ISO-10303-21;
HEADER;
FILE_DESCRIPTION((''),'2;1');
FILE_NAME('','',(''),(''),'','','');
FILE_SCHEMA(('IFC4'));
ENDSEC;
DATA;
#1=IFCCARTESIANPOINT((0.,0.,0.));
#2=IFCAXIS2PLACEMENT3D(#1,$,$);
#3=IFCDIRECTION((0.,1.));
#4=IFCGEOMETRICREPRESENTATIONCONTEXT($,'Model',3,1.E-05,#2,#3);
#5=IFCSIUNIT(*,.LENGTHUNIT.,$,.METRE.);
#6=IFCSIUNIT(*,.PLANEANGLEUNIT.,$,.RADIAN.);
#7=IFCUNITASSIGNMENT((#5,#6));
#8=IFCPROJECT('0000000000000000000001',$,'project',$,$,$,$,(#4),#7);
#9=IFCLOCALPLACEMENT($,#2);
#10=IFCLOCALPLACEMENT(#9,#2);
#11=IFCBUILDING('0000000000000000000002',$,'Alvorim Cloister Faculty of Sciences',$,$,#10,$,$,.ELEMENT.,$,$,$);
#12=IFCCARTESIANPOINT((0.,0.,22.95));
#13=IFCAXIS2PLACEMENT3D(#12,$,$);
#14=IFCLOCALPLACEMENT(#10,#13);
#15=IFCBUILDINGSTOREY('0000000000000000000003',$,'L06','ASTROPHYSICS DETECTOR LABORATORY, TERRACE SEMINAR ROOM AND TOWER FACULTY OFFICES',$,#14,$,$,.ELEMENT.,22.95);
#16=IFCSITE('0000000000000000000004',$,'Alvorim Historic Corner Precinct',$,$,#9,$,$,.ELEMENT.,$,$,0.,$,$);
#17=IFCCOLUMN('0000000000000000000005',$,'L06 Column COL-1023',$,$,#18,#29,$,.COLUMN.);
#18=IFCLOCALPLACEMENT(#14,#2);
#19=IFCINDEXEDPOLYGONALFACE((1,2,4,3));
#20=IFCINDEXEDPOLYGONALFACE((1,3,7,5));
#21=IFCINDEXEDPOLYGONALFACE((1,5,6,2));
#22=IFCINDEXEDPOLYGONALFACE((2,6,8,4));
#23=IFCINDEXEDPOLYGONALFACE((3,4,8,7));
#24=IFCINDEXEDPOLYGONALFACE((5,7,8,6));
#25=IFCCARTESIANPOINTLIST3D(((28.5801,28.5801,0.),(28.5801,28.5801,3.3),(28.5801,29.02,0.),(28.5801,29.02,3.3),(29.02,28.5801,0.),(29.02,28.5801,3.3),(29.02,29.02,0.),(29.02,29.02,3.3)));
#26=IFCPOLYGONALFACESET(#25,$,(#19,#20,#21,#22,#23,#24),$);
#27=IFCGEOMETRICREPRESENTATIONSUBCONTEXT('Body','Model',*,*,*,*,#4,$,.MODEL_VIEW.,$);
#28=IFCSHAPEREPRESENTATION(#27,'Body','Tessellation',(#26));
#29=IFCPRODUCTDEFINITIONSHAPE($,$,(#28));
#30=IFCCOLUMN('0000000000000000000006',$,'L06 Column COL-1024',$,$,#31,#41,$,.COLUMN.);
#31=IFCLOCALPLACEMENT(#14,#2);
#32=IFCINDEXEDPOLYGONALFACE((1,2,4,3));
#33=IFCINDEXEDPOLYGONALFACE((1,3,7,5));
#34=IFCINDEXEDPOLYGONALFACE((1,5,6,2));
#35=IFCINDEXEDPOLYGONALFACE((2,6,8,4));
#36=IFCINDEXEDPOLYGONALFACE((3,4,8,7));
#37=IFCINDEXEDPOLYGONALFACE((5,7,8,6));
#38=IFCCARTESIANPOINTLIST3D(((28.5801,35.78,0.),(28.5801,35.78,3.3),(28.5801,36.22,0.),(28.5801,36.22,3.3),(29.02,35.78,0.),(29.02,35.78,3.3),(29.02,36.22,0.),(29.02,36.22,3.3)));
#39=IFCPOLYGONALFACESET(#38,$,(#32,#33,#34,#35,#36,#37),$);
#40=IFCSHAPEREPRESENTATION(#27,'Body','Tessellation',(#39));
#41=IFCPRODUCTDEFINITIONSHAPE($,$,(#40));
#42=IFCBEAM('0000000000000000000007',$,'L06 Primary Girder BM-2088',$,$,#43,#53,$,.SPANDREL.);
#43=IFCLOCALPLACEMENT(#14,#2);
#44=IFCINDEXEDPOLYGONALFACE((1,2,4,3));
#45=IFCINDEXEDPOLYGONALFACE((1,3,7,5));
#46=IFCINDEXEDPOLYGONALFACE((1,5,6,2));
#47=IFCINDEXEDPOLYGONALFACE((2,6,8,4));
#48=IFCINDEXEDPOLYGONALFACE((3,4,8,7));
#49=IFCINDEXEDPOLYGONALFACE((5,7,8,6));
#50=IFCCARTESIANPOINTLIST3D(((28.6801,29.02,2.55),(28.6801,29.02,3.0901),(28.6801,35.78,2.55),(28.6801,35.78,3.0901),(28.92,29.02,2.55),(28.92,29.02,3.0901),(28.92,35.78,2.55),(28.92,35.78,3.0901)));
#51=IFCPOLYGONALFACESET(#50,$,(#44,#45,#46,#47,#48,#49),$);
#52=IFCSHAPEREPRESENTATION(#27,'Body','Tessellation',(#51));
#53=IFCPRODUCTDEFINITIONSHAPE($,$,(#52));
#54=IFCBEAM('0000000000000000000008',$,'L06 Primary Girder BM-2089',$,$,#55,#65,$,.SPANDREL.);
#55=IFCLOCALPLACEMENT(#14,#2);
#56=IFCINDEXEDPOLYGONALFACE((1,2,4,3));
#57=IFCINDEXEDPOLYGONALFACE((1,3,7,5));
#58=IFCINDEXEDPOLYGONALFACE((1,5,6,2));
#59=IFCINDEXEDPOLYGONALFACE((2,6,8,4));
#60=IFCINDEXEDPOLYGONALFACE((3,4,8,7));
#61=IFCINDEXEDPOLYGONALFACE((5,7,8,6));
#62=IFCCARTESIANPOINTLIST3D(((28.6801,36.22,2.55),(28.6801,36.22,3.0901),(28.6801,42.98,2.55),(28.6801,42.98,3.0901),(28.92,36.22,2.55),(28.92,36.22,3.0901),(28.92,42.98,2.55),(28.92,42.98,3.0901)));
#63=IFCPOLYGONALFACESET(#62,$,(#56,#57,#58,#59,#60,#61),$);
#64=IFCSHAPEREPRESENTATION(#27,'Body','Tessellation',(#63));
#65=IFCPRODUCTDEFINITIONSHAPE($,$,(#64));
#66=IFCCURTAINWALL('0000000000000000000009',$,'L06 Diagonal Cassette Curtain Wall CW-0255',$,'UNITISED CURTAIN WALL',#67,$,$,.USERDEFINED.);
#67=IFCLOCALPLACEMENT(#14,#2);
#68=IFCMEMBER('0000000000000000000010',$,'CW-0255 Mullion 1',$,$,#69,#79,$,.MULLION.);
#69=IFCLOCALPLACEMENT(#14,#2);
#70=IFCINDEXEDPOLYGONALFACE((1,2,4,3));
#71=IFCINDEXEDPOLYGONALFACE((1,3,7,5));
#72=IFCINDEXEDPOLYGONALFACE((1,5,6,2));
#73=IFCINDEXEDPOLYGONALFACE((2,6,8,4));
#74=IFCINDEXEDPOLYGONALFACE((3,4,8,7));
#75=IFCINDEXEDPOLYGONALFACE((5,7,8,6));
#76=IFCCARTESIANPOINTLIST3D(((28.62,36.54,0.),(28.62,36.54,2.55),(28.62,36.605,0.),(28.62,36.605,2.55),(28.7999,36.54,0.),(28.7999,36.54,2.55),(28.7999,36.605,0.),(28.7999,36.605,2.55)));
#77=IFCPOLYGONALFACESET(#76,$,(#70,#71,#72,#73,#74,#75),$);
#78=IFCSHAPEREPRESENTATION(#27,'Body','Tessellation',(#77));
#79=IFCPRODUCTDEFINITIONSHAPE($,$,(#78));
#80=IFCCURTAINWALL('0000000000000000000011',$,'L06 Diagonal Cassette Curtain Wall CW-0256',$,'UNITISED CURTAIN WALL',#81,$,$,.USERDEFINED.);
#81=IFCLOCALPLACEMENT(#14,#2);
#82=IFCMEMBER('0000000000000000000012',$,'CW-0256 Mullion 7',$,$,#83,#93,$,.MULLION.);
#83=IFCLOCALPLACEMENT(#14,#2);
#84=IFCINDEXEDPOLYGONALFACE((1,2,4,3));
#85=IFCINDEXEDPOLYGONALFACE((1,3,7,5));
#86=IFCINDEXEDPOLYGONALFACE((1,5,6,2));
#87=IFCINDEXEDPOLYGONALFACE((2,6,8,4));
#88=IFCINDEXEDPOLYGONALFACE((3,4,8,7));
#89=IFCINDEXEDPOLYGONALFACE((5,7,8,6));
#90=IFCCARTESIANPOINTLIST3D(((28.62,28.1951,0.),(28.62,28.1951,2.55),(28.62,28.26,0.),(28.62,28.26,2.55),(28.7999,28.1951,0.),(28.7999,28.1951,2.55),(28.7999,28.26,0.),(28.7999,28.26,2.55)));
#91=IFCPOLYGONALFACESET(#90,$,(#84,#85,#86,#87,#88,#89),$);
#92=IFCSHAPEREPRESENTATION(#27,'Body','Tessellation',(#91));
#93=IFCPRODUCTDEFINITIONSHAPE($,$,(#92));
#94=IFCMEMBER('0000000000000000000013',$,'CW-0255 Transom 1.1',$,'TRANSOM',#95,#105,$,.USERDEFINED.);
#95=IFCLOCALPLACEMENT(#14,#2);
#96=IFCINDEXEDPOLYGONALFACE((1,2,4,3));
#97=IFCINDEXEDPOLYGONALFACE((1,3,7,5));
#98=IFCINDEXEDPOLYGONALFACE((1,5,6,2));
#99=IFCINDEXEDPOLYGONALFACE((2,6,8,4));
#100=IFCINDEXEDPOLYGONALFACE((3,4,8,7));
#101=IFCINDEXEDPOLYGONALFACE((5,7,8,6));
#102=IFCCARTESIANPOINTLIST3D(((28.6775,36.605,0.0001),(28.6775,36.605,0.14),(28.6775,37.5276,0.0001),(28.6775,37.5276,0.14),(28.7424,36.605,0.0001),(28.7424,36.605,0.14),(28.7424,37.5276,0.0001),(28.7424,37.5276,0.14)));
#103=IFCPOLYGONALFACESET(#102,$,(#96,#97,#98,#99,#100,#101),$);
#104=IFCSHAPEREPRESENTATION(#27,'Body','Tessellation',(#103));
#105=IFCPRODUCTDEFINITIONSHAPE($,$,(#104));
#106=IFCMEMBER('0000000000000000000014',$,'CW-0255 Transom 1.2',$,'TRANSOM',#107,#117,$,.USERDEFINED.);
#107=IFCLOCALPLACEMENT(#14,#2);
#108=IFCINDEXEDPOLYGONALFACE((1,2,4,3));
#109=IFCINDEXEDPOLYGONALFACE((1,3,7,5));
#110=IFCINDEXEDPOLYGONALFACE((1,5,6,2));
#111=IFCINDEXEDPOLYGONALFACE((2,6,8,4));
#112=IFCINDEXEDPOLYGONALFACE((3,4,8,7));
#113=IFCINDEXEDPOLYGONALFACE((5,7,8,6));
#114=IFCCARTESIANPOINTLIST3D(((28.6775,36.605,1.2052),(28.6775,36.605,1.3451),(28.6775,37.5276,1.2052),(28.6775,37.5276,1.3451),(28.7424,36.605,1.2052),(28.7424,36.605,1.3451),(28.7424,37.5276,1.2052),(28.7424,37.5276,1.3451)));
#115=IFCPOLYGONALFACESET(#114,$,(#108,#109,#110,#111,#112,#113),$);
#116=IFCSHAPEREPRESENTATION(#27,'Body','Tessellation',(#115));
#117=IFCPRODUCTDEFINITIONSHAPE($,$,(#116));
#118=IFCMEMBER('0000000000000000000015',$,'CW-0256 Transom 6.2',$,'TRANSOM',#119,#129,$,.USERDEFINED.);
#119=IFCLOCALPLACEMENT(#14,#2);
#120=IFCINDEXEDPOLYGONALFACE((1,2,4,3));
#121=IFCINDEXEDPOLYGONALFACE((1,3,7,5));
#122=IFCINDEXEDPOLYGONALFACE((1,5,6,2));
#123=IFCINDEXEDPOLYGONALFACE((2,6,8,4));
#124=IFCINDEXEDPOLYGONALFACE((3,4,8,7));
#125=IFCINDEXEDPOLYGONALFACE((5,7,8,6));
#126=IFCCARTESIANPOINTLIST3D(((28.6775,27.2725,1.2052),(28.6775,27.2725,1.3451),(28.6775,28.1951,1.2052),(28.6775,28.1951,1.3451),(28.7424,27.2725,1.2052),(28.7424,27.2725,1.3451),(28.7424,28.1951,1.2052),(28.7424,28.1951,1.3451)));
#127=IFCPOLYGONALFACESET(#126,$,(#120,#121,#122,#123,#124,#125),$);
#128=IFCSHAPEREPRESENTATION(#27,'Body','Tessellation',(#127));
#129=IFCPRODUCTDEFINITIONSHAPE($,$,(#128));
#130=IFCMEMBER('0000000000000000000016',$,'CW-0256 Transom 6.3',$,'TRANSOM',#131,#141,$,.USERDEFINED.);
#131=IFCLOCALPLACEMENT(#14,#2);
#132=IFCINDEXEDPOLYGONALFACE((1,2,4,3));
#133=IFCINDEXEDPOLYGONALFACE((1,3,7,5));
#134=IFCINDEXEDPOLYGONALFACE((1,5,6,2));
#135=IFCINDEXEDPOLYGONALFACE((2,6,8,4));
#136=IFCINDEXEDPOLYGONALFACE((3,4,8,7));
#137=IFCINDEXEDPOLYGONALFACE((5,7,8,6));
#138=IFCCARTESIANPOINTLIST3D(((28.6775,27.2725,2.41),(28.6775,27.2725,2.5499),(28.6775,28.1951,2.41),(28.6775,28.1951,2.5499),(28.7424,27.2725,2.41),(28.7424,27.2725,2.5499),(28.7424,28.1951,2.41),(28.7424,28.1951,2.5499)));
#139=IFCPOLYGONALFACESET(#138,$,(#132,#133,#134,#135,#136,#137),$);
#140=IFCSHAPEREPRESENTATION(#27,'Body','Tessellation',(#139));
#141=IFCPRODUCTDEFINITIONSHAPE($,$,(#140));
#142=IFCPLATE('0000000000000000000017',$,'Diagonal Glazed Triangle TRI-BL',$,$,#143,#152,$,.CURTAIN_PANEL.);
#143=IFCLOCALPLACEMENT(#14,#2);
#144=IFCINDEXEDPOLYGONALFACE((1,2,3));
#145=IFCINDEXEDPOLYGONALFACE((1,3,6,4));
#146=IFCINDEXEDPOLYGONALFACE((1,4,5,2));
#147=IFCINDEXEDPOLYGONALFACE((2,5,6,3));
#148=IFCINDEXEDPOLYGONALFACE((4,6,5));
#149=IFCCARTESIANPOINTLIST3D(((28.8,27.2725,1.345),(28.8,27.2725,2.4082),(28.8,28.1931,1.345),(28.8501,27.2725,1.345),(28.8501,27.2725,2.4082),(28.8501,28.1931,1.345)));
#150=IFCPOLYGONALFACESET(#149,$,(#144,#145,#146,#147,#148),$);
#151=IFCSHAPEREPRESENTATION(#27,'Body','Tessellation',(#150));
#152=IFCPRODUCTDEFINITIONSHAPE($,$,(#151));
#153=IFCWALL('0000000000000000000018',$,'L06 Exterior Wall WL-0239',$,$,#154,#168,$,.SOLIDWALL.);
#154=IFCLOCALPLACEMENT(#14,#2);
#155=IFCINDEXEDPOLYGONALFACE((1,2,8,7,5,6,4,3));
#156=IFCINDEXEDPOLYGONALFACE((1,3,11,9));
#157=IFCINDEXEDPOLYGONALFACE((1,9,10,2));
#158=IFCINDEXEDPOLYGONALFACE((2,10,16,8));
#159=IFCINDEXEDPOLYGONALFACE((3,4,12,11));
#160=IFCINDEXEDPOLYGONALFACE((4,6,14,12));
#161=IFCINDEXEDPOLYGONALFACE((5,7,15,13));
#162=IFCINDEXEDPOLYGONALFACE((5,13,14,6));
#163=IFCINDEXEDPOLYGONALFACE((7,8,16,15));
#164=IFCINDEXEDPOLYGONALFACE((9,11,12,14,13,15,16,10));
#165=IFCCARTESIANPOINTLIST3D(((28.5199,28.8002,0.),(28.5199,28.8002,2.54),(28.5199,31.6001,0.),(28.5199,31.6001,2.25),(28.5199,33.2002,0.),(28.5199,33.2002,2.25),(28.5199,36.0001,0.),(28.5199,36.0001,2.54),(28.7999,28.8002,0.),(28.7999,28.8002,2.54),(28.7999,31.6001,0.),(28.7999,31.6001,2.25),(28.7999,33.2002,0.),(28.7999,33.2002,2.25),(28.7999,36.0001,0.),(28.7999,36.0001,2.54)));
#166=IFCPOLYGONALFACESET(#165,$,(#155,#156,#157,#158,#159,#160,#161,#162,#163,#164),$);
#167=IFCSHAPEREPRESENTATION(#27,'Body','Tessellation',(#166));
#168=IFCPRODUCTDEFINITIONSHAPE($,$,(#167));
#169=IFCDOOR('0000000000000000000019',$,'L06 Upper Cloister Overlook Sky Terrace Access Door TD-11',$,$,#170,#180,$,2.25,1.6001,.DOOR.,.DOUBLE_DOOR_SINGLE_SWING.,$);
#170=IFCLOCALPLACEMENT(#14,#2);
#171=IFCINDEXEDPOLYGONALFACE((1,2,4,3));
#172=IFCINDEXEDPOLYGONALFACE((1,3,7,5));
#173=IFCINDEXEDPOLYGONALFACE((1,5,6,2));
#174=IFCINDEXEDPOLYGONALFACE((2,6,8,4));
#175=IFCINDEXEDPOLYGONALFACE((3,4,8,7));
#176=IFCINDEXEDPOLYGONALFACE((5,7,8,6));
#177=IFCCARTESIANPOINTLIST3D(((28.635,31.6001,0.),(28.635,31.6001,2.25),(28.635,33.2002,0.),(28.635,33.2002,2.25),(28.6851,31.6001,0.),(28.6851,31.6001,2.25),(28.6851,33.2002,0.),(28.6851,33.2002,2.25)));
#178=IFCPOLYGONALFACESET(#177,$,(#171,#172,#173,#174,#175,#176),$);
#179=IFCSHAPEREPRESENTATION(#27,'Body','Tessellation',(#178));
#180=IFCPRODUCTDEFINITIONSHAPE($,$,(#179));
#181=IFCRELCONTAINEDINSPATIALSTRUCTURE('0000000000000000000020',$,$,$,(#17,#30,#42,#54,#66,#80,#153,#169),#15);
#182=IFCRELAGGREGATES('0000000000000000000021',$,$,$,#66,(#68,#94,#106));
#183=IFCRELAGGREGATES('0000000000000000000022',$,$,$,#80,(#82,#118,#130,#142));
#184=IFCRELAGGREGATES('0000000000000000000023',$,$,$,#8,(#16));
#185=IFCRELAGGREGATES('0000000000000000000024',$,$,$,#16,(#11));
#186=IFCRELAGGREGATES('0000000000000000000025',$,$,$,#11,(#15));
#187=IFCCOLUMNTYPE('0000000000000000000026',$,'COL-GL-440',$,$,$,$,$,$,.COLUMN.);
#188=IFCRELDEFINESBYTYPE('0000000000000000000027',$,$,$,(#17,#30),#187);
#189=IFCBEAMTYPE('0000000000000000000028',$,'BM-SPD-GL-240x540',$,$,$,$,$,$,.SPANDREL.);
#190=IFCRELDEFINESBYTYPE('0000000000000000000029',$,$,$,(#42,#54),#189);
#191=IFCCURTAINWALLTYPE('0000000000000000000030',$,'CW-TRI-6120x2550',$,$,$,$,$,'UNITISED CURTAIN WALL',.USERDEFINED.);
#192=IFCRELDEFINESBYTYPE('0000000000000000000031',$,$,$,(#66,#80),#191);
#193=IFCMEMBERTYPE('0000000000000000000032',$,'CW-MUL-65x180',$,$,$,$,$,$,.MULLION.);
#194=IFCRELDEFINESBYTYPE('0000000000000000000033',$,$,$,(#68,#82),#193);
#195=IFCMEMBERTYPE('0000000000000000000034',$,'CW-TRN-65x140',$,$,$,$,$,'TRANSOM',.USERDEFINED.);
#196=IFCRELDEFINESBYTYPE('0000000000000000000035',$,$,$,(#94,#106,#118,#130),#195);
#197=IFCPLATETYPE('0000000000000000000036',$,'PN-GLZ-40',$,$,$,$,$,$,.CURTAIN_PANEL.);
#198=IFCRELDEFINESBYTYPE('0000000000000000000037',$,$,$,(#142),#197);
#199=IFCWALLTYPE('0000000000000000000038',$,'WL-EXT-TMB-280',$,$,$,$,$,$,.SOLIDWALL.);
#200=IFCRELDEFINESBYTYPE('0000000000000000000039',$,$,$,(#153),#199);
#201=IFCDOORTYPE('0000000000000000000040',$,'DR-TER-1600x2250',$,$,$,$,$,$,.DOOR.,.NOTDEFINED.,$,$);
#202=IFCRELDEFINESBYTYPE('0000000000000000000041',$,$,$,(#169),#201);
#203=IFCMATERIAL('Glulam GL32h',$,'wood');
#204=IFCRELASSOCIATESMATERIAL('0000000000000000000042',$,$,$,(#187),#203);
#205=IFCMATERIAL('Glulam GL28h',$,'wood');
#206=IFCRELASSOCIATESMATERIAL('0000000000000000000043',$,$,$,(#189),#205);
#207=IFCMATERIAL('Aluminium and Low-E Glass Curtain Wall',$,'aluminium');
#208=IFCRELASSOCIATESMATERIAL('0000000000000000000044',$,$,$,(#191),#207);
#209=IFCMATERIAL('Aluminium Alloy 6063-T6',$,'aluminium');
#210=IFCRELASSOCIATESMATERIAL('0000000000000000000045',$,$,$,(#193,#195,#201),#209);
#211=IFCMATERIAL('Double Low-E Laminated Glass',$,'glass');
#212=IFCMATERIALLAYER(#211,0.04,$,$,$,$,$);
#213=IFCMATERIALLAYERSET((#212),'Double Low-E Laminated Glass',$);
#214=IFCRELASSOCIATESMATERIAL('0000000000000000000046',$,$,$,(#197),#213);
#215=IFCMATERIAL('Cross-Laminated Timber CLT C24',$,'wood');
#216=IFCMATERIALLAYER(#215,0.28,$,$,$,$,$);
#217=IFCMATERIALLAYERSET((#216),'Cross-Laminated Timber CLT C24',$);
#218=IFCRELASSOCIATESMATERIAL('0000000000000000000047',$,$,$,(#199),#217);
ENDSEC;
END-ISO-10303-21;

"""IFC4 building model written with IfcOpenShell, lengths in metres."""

from ifc_helpers import new_model, si_unit, direction, frame, frame_2d, origin, origin_2d, place, context, subcontext, project, spatial, polyline, rectangle, outline, extrude, material, layer, layer_set, material_profile, profile_set, type_object, element, fill, aggregate, save


model = new_model("IFC4")

# Units and contexts
model_context = context("Model", 3, precision=1e-05, world=origin(), true_north=direction((0.0, 1.0)))
body_context = subcontext(model_context, "Body", "Model", "MODEL_VIEW")
ifc_project = project(units=[si_unit("LENGTHUNIT", "METRE"), si_unit("PLANEANGLEUNIT", "RADIAN")], contexts=[model_context])

# Site, building, storey
site_placement = place(None, origin())
site = spatial("IfcSite", under=ifc_project, at=site_placement, Name="Alvorim Historic Corner Precinct", CompositionType="ELEMENT", RefElevation=0.0)
building_placement = place(site_placement, origin())
building = spatial("IfcBuilding", under=site, at=building_placement, Name="Alvorim Cloister Faculty of Sciences", CompositionType="ELEMENT")
storey_placement = place(building_placement, frame((0.0, 0.0, 22.95)))
storey = spatial("IfcBuildingStorey", under=building, at=storey_placement, Name="L06", Description="ASTROPHYSICS DETECTOR LABORATORY, TERRACE SEMINAR ROOM AND TOWER FACULTY OFFICES", CompositionType="ELEMENT", Elevation=22.95)

# Columns
ifc_material_1 = material(Name="Glulam GL32h", Category="wood")
ifc_material_profile_1 = material_profile(ifc_material_1, rectangle(XDim=0.4399, YDim=0.4399, at=origin_2d()), Name="GL32-COL-440x440")
ifc_profile_set_1 = profile_set([ifc_material_profile_1], Name="Glulam GL32h")
column_type = type_object("IfcColumnType", Name="COL-GL-440", PredefinedType="COLUMN", material=ifc_profile_set_1)
for number, where, z_axis, x_axis, name in (
    (1, (28.8, 28.8, 0.0), (0.0, 0.0, 1.0), (1.0, 0.0, 0.0), "L06 Column COL-1023"),
    (2, (28.8, 36.0, 0.0), (0.0, 0.0, 1.0), (1.0, 0.0, 0.0), "L06 Column COL-1024"),
):
    element("IfcColumn", number, at=place(storey_placement, frame(where, z_axis=z_axis, x_axis=x_axis)), inside=storey, type_object=column_type, Name=name, PredefinedType="COLUMN", context=body_context, shape_type="SweptSolid", body=[
        extrude(rectangle(XDim=0.4399, YDim=0.4399, at=origin_2d()), origin(), (0.0, 0.0, 1.0), 3.3),
    ])

# Beams
ifc_material_2 = material(Name="Glulam GL28h", Category="wood")
ifc_material_profile_2 = material_profile(ifc_material_2, rectangle(XDim=0.24, YDim=0.54, at=origin_2d()), Name="GL28-SPD-240x540")
ifc_profile_set_2 = profile_set([ifc_material_profile_2], Name="Glulam GL28h")
beam_type = type_object("IfcBeamType", Name="BM-SPD-GL-240x540", PredefinedType="SPANDREL", material=ifc_profile_set_2)
for number, where, z_axis, x_axis, name in (
    (3, (28.8, 29.02, 2.8201), (0.0, 1.0, 0.0), (-1.0, 0.0, 0.0), "L06 Primary Girder BM-2088"),
    (4, (28.8, 36.22, 2.8201), (0.0, 1.0, 0.0), (-1.0, 0.0, 0.0), "L06 Primary Girder BM-2089"),
):
    element("IfcBeam", number, at=place(storey_placement, frame(where, z_axis=z_axis, x_axis=x_axis)), inside=storey, type_object=beam_type, Name=name, PredefinedType="SPANDREL", context=body_context, shape_type="SweptSolid", body=[
        extrude(rectangle(XDim=0.24, YDim=0.54, at=origin_2d()), origin(), (0.0, 0.0, 1.0), 6.76),
    ])

# Curtain walls, members
ifc_material_3 = material(Name="Aluminium and Low-E Glass Curtain Wall", Category="aluminium")
curtain_wall_type = type_object("IfcCurtainWallType", Name="CW-TRI-6120x2550", ElementType="UNITISED CURTAIN WALL", PredefinedType="USERDEFINED", material=ifc_material_3)
curtain_wall_1_placement = place(storey_placement, origin())
curtain_wall_1 = element("IfcCurtainWall", 5, at=curtain_wall_1_placement, inside=storey, type_object=curtain_wall_type, Name="L06 Diagonal Cassette Curtain Wall CW-0255", ObjectType="UNITISED CURTAIN WALL", PredefinedType="USERDEFINED")
ifc_material_4 = material(Name="Aluminium Alloy 6063-T6", Category="aluminium")
ifc_material_profile_3 = material_profile(ifc_material_4, rectangle(XDim=0.0649, YDim=0.1799, at=origin_2d()), Name="ALU-MUL-65x180")
ifc_profile_set_3 = profile_set([ifc_material_profile_3], Name="Aluminium Alloy 6063-T6")
member_type_1 = type_object("IfcMemberType", Name="CW-MUL-65x180", PredefinedType="MULLION", material=ifc_profile_set_3)
member_1_placement = place(storey_placement, frame((28.71, 36.5725, 0.0), z_axis=(0.0, 0.0, 1.0), x_axis=(0.0, 1.0, 0.0)))
member_1 = element("IfcMember", 6, at=member_1_placement, type_object=member_type_1, Name="CW-0255 Mullion 1", PredefinedType="MULLION", context=body_context, shape_type="SweptSolid", body=[
    extrude(rectangle(XDim=0.0649, YDim=0.1799, at=origin_2d()), origin(), (0.0, 0.0, 1.0), 2.55),
])
curtain_wall_2_placement = place(storey_placement, origin())
curtain_wall_2 = element("IfcCurtainWall", 7, at=curtain_wall_2_placement, inside=storey, type_object=curtain_wall_type, Name="L06 Diagonal Cassette Curtain Wall CW-0256", ObjectType="UNITISED CURTAIN WALL", PredefinedType="USERDEFINED")
member_2_placement = place(storey_placement, frame((28.71, 28.2275, 0.0), z_axis=(0.0, 0.0, 1.0), x_axis=(0.0, 1.0, 0.0)))
member_2 = element("IfcMember", 8, at=member_2_placement, type_object=member_type_1, Name="CW-0256 Mullion 7", PredefinedType="MULLION", context=body_context, shape_type="SweptSolid", body=[
    extrude(rectangle(XDim=0.0649, YDim=0.1799, at=origin_2d()), origin(), (0.0, 0.0, 1.0), 2.55),
])

# Members
ifc_material_profile_4 = material_profile(ifc_material_4, rectangle(XDim=0.0649, YDim=0.1399, at=origin_2d()), Name="ALU-TRN-65x140")
ifc_profile_set_4 = profile_set([ifc_material_profile_4], Name="Aluminium Alloy 6063-T6")
member_type_2 = type_object("IfcMemberType", Name="CW-TRN-65x140", ElementType="TRANSOM", PredefinedType="USERDEFINED", material=ifc_profile_set_4)
member_3_placement = place(storey_placement, frame((28.71, 36.605, 0.0701), z_axis=(0.0, 1.0, 0.0), x_axis=(-1.0, 0.0, 0.0)))
member_3 = element("IfcMember", 9, at=member_3_placement, type_object=member_type_2, Name="CW-0255 Transom 1.1", ObjectType="TRANSOM", PredefinedType="USERDEFINED", context=body_context, shape_type="SweptSolid", body=[
    extrude(rectangle(XDim=0.0649, YDim=0.1399, at=origin_2d()), origin(), (0.0, 0.0, 1.0), 0.9226),
])
member_4_placement = place(storey_placement, frame((28.71, 36.605, 1.2751), z_axis=(0.0, 1.0, 0.0), x_axis=(-1.0, 0.0, 0.0)))
member_4 = element("IfcMember", 10, at=member_4_placement, type_object=member_type_2, Name="CW-0255 Transom 1.2", ObjectType="TRANSOM", PredefinedType="USERDEFINED", context=body_context, shape_type="SweptSolid", body=[
    extrude(rectangle(XDim=0.0649, YDim=0.1399, at=origin_2d()), origin(), (0.0, 0.0, 1.0), 0.9226),
])
aggregate(curtain_wall_1, [member_1, member_3, member_4])
member_5_placement = place(storey_placement, frame((28.71, 27.2725, 1.2751), z_axis=(0.0, 1.0, 0.0), x_axis=(-1.0, 0.0, 0.0)))
member_5 = element("IfcMember", 11, at=member_5_placement, type_object=member_type_2, Name="CW-0256 Transom 6.2", ObjectType="TRANSOM", PredefinedType="USERDEFINED", context=body_context, shape_type="SweptSolid", body=[
    extrude(rectangle(XDim=0.0649, YDim=0.1399, at=origin_2d()), origin(), (0.0, 0.0, 1.0), 0.9226),
])
member_6_placement = place(storey_placement, frame((28.71, 27.2725, 2.48), z_axis=(0.0, 1.0, 0.0), x_axis=(-1.0, 0.0, 0.0)))
member_6 = element("IfcMember", 12, at=member_6_placement, type_object=member_type_2, Name="CW-0256 Transom 6.3", ObjectType="TRANSOM", PredefinedType="USERDEFINED", context=body_context, shape_type="SweptSolid", body=[
    extrude(rectangle(XDim=0.0649, YDim=0.1399, at=origin_2d()), origin(), (0.0, 0.0, 1.0), 0.9226),
])

# Plate
ifc_material_5 = material(Name="Double Low-E Laminated Glass", Category="glass")
ifc_layer_1 = layer(ifc_material_5, 0.04)
ifc_layer_set_1 = layer_set([ifc_layer_1], Name="Double Low-E Laminated Glass")
plate_type = type_object("IfcPlateType", Name="PN-GLZ-40", PredefinedType="CURTAIN_PANEL", material=ifc_layer_set_1)
plate_1_placement = place(storey_placement, frame((28.825, 27.2725, 1.345), z_axis=(0.0, 0.0, 1.0), x_axis=(0.0, 1.0, 0.0)))
plate_1 = element("IfcPlate", 13, at=plate_1_placement, type_object=plate_type, Name="Diagonal Glazed Triangle TRI-BL", PredefinedType="CURTAIN_PANEL", context=body_context, shape_type="SweptSolid", body=[
    extrude(outline(polyline([(0.0, 0.0), (0.9207, 0.0), (0.0, 1.0632), (0.0, 0.0)])), frame((0.0, 0.0249, 0.0), z_axis=(0.0, -1.0, 0.0), x_axis=(1.0, 0.0, 0.0)), (0.0, 0.0, 1.0), 0.05),
])
aggregate(curtain_wall_2, [member_2, member_5, member_6, plate_1])

# Wall, opening, door
ifc_material_6 = material(Name="Cross-Laminated Timber CLT C24", Category="wood")
ifc_layer_2 = layer(ifc_material_6, 0.28)
ifc_layer_set_2 = layer_set([ifc_layer_2], Name="Cross-Laminated Timber CLT C24")
wall_type_1 = type_object("IfcWallType", Name="WL-EXT-TMB-280", PredefinedType="SOLIDWALL", material=ifc_layer_set_2)
wall_1_placement = place(storey_placement, frame((28.6599, 28.8, 0.0), z_axis=(0.0, 0.0, 1.0), x_axis=(0.0, 1.0, 0.0)))
wall_1 = element("IfcWall", 14, at=wall_1_placement, inside=storey, type_object=wall_type_1, Name="L06 Exterior Wall WL-0239", PredefinedType="SOLIDWALL", context=body_context, shape_type="SweptSolid", body=[
    extrude(rectangle(XDim=7.2, YDim=0.28, at=frame_2d((3.6001, 0.0))), origin(), (0.0, 0.0, 1.0), 2.54),
])
opening_1_placement = place(wall_1_placement, frame((2.8, 0.0, 0.0)))
opening_1 = element("IfcOpeningElement", 15, at=opening_1_placement, cuts=wall_1, PredefinedType="OPENING", context=body_context, shape_type="SweptSolid", body=[
    extrude(rectangle(XDim=1.6001, YDim=2.25, at=frame_2d((0.8, 1.125))), frame((0.0, 0.1519, 0.0), z_axis=(0.0, -1.0, 0.0), x_axis=(1.0, 0.0, 0.0)), (0.0, 0.0, 1.0), 0.304),
])
door_type_1 = type_object("IfcDoorType", Name="DR-TER-1600x2250", OperationType="NOTDEFINED", PredefinedType="DOOR", material=ifc_material_4)
door_1_placement = place(opening_1_placement, origin())
door_1 = element("IfcDoor", 16, at=door_1_placement, inside=storey, type_object=door_type_1, Name="L06 Upper Cloister Overlook Sky Terrace Access Door TD-11", OperationType="DOUBLE_DOOR_SINGLE_SWING", OverallHeight=2.25, OverallWidth=1.6001, PredefinedType="DOOR", context=body_context, shape_type="SweptSolid", body=[
    extrude(rectangle(XDim=1.6001, YDim=2.25, at=frame_2d((0.8, 1.125))), frame((0.0, 0.0249, 0.0), z_axis=(0.0, -1.0, 0.0), x_axis=(1.0, 0.0, 0.0)), (0.0, 0.0, 1.0), 0.05),
])
fill(opening_1, door_1)

save(model, "model.ifc")
